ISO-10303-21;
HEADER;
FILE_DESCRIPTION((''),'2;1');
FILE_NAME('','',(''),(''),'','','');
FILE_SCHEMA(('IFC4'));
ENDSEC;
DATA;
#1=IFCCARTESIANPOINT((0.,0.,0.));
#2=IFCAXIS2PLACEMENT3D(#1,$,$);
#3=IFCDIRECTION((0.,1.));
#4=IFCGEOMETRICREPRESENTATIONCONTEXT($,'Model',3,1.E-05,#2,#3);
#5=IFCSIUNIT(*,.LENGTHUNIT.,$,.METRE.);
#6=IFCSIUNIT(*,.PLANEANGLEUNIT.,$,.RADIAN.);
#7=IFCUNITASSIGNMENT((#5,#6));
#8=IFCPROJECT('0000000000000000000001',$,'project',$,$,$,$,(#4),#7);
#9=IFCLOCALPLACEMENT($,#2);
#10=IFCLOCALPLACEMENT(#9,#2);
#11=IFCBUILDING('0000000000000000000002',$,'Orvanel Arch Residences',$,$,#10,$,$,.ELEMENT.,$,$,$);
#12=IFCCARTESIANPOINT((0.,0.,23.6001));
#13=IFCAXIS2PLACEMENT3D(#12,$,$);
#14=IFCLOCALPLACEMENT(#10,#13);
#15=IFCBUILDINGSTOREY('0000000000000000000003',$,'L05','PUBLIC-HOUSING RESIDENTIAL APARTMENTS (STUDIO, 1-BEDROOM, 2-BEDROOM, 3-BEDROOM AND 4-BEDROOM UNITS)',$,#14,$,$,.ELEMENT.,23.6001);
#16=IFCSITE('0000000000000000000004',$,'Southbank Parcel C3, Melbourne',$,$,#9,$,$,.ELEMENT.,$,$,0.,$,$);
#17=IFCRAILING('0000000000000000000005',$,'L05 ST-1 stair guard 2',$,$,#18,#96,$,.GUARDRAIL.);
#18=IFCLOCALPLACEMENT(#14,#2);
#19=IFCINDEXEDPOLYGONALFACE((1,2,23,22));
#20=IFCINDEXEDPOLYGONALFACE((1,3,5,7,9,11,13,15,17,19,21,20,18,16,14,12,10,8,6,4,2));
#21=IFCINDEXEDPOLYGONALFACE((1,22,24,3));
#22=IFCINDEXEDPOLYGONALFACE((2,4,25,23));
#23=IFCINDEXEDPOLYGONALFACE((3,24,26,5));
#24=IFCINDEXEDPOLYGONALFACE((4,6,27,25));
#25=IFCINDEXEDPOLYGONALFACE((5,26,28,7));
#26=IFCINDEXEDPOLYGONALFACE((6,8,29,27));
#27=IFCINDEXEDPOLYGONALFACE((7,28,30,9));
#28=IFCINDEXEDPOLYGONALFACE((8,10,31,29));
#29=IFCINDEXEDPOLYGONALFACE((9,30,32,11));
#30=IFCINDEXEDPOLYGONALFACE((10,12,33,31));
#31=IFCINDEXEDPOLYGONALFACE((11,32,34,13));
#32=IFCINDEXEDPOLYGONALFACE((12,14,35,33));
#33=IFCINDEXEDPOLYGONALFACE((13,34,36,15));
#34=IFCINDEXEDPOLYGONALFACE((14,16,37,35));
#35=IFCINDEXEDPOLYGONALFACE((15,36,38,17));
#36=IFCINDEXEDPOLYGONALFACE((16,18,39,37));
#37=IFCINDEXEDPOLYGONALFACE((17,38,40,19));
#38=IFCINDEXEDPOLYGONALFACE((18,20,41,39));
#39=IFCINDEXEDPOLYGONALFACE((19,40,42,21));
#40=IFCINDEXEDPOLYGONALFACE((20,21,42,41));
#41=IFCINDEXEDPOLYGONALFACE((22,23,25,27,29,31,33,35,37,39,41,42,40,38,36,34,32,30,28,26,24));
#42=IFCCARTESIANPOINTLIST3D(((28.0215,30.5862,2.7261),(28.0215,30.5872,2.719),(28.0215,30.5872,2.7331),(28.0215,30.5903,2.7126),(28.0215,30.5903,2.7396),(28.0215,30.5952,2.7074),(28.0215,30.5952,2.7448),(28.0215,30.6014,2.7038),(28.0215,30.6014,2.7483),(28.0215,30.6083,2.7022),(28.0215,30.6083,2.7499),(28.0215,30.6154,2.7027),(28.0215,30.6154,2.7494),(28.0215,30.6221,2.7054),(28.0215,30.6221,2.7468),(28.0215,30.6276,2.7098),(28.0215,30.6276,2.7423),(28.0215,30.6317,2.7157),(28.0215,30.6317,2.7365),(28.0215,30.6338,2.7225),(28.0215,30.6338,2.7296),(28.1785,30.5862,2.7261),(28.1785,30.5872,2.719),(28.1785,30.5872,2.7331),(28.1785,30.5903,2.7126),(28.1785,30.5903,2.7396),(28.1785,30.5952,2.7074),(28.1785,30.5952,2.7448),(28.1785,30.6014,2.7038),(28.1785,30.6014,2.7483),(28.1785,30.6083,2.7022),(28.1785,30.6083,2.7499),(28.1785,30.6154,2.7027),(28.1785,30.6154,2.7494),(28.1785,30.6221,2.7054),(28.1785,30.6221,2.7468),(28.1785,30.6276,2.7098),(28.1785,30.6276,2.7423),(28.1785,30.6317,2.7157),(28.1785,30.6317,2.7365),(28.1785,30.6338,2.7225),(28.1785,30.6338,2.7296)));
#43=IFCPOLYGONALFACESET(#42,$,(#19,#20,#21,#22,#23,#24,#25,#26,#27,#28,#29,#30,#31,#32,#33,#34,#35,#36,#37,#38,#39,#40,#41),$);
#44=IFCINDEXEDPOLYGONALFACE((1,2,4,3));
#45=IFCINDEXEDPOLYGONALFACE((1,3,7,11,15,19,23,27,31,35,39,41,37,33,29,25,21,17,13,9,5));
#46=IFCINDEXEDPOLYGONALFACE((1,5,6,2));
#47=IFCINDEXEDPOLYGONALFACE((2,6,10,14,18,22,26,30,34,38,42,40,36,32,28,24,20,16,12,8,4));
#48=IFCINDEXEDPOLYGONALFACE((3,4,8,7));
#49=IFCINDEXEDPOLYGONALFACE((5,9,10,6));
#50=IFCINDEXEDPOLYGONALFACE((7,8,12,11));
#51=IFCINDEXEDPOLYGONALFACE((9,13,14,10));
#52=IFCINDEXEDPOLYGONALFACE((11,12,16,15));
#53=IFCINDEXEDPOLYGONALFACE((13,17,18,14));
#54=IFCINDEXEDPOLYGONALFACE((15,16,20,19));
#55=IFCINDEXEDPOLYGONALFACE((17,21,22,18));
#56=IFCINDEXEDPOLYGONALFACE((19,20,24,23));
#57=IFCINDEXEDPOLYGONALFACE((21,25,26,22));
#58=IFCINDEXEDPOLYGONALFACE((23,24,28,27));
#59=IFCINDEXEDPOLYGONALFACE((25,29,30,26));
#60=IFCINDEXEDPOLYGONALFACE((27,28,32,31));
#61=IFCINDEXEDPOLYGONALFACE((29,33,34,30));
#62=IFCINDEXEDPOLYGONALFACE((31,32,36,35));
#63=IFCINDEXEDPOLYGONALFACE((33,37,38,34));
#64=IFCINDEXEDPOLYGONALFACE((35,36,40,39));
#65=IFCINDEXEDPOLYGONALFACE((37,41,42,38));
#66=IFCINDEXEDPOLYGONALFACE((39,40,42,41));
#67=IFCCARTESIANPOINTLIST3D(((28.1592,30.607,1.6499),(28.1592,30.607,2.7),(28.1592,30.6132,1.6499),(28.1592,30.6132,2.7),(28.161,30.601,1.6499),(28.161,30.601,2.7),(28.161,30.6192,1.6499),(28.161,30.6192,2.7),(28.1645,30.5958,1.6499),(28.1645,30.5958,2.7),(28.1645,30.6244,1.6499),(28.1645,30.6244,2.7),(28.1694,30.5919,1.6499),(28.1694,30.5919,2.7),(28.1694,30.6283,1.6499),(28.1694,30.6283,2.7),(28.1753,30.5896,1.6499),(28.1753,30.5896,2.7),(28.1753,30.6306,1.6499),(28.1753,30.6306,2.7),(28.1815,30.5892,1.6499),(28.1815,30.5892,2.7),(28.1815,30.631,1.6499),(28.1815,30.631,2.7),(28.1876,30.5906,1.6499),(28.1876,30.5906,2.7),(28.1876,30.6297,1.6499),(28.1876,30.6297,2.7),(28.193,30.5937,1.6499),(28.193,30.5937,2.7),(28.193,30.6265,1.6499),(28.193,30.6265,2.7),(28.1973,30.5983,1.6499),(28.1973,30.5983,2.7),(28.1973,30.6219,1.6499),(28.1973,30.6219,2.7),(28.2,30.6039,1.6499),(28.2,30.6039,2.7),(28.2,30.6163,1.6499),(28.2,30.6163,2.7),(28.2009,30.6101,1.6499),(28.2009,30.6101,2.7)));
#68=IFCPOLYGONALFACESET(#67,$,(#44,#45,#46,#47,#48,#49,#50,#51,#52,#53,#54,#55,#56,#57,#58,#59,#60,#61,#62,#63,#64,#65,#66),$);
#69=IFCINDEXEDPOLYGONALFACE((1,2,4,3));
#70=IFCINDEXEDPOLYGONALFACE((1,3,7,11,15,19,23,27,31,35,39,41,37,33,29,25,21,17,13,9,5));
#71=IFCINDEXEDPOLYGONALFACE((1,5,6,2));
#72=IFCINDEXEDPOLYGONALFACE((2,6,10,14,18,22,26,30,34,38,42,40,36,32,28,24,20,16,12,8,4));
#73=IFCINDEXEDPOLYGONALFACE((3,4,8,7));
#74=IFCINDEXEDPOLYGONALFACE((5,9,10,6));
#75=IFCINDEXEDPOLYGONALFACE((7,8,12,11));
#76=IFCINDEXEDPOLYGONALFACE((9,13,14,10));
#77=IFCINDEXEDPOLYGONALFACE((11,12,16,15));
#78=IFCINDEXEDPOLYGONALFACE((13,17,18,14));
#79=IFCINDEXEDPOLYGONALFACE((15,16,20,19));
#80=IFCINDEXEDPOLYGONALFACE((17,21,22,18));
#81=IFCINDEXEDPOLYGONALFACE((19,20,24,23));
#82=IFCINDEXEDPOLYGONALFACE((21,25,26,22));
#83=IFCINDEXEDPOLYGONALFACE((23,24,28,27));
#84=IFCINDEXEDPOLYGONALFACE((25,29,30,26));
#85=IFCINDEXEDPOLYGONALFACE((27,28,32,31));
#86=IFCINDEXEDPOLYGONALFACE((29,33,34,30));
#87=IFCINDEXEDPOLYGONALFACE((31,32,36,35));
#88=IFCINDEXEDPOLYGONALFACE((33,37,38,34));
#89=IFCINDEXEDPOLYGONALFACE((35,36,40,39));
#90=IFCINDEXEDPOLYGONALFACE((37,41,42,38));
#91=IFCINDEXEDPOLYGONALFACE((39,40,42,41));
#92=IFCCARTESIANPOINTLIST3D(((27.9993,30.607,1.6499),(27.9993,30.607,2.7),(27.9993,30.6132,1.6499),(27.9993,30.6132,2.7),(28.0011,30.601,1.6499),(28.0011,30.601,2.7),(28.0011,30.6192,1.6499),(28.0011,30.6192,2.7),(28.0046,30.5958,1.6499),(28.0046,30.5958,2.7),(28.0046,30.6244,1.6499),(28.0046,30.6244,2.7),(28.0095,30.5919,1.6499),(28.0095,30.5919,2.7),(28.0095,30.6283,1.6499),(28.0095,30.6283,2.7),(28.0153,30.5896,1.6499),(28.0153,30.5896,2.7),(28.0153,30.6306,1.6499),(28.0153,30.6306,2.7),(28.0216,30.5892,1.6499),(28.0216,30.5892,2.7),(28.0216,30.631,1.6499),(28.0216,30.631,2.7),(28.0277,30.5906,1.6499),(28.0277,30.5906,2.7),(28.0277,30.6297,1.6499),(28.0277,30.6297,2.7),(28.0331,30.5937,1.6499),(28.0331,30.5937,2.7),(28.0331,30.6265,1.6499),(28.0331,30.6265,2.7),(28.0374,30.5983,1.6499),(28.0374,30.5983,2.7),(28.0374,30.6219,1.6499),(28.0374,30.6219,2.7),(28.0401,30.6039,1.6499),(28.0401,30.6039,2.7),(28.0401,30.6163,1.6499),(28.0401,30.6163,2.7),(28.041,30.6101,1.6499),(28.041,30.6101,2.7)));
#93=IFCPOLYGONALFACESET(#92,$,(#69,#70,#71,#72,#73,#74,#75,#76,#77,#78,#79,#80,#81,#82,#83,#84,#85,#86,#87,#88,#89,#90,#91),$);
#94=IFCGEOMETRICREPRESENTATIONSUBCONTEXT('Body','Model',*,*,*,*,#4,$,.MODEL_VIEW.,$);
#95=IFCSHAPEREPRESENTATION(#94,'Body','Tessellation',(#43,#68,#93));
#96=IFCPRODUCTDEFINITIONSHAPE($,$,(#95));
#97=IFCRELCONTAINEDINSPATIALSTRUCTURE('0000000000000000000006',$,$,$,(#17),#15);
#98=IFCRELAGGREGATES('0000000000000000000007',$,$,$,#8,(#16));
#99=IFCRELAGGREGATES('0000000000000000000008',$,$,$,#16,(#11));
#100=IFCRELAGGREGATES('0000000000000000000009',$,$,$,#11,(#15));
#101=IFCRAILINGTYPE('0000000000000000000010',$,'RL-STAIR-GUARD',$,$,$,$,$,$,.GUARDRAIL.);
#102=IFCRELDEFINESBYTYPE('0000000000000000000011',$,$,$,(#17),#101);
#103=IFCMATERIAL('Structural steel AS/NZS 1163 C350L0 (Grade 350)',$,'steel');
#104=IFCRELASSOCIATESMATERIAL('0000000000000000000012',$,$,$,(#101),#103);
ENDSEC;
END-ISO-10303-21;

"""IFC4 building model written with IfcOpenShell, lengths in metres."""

from ifc_helpers import new_model, si_unit, direction, frame, origin, origin_2d, place, context, subcontext, project, spatial, circle, extrude, material, type_object, element, save


model = new_model("IFC4")

# Units and contexts
model_context = context("Model", 3, precision=1e-05, world=origin(), true_north=direction((0.0, 1.0)))
body_context = subcontext(model_context, "Body", "Model", "MODEL_VIEW")
ifc_project = project(units=[si_unit("LENGTHUNIT", "METRE"), si_unit("PLANEANGLEUNIT", "RADIAN")], contexts=[model_context])

# Site, building, storey
site_placement = place(None, origin())
site = spatial("IfcSite", under=ifc_project, at=site_placement, Name="Southbank Parcel C3, Melbourne", CompositionType="ELEMENT", RefElevation=0.0)
building_placement = place(site_placement, origin())
building = spatial("IfcBuilding", under=site, at=building_placement, Name="Orvanel Arch Residences", CompositionType="ELEMENT")
storey_placement = place(building_placement, frame((0.0, 0.0, 23.6001)))
storey = spatial("IfcBuildingStorey", under=building, at=storey_placement, Name="L05", Description="PUBLIC-HOUSING RESIDENTIAL APARTMENTS (STUDIO, 1-BEDROOM, 2-BEDROOM, 3-BEDROOM AND 4-BEDROOM UNITS)", CompositionType="ELEMENT", Elevation=23.6001)

# Railing
ifc_material_1 = material(Name="Structural steel AS/NZS 1163 C350L0 (Grade 350)", Category="steel")
railing_type_1 = type_object("IfcRailingType", Name="RL-STAIR-GUARD", PredefinedType="GUARDRAIL", material=ifc_material_1)
railing_1_placement = place(storey_placement, frame((28.1799, 30.6101, 1.6499)))
element("IfcRailing", 1, at=railing_1_placement, inside=storey, type_object=railing_type_1, Name="L05 ST-1 stair guard 2", PredefinedType="GUARDRAIL", context=body_context, shape_type="SweptSolid", body=[
    extrude(circle(Radius=0.0239, at=origin_2d()), frame((-0.0015, 0.0, 1.0762), z_axis=(-1.0, 0.0, 0.0), x_axis=(0.0, -1.0, 0.0)), (0.0, 0.0, 1.0), 0.157),
    extrude(circle(Radius=0.021, at=origin_2d()), origin(), (0.0, 0.0, 1.0), 1.05),
    extrude(circle(Radius=0.021, at=origin_2d()), frame((-0.1599, 0.0, 0.0)), (0.0, 0.0, 1.0), 1.05),
])

save(model, "model.ifc")
